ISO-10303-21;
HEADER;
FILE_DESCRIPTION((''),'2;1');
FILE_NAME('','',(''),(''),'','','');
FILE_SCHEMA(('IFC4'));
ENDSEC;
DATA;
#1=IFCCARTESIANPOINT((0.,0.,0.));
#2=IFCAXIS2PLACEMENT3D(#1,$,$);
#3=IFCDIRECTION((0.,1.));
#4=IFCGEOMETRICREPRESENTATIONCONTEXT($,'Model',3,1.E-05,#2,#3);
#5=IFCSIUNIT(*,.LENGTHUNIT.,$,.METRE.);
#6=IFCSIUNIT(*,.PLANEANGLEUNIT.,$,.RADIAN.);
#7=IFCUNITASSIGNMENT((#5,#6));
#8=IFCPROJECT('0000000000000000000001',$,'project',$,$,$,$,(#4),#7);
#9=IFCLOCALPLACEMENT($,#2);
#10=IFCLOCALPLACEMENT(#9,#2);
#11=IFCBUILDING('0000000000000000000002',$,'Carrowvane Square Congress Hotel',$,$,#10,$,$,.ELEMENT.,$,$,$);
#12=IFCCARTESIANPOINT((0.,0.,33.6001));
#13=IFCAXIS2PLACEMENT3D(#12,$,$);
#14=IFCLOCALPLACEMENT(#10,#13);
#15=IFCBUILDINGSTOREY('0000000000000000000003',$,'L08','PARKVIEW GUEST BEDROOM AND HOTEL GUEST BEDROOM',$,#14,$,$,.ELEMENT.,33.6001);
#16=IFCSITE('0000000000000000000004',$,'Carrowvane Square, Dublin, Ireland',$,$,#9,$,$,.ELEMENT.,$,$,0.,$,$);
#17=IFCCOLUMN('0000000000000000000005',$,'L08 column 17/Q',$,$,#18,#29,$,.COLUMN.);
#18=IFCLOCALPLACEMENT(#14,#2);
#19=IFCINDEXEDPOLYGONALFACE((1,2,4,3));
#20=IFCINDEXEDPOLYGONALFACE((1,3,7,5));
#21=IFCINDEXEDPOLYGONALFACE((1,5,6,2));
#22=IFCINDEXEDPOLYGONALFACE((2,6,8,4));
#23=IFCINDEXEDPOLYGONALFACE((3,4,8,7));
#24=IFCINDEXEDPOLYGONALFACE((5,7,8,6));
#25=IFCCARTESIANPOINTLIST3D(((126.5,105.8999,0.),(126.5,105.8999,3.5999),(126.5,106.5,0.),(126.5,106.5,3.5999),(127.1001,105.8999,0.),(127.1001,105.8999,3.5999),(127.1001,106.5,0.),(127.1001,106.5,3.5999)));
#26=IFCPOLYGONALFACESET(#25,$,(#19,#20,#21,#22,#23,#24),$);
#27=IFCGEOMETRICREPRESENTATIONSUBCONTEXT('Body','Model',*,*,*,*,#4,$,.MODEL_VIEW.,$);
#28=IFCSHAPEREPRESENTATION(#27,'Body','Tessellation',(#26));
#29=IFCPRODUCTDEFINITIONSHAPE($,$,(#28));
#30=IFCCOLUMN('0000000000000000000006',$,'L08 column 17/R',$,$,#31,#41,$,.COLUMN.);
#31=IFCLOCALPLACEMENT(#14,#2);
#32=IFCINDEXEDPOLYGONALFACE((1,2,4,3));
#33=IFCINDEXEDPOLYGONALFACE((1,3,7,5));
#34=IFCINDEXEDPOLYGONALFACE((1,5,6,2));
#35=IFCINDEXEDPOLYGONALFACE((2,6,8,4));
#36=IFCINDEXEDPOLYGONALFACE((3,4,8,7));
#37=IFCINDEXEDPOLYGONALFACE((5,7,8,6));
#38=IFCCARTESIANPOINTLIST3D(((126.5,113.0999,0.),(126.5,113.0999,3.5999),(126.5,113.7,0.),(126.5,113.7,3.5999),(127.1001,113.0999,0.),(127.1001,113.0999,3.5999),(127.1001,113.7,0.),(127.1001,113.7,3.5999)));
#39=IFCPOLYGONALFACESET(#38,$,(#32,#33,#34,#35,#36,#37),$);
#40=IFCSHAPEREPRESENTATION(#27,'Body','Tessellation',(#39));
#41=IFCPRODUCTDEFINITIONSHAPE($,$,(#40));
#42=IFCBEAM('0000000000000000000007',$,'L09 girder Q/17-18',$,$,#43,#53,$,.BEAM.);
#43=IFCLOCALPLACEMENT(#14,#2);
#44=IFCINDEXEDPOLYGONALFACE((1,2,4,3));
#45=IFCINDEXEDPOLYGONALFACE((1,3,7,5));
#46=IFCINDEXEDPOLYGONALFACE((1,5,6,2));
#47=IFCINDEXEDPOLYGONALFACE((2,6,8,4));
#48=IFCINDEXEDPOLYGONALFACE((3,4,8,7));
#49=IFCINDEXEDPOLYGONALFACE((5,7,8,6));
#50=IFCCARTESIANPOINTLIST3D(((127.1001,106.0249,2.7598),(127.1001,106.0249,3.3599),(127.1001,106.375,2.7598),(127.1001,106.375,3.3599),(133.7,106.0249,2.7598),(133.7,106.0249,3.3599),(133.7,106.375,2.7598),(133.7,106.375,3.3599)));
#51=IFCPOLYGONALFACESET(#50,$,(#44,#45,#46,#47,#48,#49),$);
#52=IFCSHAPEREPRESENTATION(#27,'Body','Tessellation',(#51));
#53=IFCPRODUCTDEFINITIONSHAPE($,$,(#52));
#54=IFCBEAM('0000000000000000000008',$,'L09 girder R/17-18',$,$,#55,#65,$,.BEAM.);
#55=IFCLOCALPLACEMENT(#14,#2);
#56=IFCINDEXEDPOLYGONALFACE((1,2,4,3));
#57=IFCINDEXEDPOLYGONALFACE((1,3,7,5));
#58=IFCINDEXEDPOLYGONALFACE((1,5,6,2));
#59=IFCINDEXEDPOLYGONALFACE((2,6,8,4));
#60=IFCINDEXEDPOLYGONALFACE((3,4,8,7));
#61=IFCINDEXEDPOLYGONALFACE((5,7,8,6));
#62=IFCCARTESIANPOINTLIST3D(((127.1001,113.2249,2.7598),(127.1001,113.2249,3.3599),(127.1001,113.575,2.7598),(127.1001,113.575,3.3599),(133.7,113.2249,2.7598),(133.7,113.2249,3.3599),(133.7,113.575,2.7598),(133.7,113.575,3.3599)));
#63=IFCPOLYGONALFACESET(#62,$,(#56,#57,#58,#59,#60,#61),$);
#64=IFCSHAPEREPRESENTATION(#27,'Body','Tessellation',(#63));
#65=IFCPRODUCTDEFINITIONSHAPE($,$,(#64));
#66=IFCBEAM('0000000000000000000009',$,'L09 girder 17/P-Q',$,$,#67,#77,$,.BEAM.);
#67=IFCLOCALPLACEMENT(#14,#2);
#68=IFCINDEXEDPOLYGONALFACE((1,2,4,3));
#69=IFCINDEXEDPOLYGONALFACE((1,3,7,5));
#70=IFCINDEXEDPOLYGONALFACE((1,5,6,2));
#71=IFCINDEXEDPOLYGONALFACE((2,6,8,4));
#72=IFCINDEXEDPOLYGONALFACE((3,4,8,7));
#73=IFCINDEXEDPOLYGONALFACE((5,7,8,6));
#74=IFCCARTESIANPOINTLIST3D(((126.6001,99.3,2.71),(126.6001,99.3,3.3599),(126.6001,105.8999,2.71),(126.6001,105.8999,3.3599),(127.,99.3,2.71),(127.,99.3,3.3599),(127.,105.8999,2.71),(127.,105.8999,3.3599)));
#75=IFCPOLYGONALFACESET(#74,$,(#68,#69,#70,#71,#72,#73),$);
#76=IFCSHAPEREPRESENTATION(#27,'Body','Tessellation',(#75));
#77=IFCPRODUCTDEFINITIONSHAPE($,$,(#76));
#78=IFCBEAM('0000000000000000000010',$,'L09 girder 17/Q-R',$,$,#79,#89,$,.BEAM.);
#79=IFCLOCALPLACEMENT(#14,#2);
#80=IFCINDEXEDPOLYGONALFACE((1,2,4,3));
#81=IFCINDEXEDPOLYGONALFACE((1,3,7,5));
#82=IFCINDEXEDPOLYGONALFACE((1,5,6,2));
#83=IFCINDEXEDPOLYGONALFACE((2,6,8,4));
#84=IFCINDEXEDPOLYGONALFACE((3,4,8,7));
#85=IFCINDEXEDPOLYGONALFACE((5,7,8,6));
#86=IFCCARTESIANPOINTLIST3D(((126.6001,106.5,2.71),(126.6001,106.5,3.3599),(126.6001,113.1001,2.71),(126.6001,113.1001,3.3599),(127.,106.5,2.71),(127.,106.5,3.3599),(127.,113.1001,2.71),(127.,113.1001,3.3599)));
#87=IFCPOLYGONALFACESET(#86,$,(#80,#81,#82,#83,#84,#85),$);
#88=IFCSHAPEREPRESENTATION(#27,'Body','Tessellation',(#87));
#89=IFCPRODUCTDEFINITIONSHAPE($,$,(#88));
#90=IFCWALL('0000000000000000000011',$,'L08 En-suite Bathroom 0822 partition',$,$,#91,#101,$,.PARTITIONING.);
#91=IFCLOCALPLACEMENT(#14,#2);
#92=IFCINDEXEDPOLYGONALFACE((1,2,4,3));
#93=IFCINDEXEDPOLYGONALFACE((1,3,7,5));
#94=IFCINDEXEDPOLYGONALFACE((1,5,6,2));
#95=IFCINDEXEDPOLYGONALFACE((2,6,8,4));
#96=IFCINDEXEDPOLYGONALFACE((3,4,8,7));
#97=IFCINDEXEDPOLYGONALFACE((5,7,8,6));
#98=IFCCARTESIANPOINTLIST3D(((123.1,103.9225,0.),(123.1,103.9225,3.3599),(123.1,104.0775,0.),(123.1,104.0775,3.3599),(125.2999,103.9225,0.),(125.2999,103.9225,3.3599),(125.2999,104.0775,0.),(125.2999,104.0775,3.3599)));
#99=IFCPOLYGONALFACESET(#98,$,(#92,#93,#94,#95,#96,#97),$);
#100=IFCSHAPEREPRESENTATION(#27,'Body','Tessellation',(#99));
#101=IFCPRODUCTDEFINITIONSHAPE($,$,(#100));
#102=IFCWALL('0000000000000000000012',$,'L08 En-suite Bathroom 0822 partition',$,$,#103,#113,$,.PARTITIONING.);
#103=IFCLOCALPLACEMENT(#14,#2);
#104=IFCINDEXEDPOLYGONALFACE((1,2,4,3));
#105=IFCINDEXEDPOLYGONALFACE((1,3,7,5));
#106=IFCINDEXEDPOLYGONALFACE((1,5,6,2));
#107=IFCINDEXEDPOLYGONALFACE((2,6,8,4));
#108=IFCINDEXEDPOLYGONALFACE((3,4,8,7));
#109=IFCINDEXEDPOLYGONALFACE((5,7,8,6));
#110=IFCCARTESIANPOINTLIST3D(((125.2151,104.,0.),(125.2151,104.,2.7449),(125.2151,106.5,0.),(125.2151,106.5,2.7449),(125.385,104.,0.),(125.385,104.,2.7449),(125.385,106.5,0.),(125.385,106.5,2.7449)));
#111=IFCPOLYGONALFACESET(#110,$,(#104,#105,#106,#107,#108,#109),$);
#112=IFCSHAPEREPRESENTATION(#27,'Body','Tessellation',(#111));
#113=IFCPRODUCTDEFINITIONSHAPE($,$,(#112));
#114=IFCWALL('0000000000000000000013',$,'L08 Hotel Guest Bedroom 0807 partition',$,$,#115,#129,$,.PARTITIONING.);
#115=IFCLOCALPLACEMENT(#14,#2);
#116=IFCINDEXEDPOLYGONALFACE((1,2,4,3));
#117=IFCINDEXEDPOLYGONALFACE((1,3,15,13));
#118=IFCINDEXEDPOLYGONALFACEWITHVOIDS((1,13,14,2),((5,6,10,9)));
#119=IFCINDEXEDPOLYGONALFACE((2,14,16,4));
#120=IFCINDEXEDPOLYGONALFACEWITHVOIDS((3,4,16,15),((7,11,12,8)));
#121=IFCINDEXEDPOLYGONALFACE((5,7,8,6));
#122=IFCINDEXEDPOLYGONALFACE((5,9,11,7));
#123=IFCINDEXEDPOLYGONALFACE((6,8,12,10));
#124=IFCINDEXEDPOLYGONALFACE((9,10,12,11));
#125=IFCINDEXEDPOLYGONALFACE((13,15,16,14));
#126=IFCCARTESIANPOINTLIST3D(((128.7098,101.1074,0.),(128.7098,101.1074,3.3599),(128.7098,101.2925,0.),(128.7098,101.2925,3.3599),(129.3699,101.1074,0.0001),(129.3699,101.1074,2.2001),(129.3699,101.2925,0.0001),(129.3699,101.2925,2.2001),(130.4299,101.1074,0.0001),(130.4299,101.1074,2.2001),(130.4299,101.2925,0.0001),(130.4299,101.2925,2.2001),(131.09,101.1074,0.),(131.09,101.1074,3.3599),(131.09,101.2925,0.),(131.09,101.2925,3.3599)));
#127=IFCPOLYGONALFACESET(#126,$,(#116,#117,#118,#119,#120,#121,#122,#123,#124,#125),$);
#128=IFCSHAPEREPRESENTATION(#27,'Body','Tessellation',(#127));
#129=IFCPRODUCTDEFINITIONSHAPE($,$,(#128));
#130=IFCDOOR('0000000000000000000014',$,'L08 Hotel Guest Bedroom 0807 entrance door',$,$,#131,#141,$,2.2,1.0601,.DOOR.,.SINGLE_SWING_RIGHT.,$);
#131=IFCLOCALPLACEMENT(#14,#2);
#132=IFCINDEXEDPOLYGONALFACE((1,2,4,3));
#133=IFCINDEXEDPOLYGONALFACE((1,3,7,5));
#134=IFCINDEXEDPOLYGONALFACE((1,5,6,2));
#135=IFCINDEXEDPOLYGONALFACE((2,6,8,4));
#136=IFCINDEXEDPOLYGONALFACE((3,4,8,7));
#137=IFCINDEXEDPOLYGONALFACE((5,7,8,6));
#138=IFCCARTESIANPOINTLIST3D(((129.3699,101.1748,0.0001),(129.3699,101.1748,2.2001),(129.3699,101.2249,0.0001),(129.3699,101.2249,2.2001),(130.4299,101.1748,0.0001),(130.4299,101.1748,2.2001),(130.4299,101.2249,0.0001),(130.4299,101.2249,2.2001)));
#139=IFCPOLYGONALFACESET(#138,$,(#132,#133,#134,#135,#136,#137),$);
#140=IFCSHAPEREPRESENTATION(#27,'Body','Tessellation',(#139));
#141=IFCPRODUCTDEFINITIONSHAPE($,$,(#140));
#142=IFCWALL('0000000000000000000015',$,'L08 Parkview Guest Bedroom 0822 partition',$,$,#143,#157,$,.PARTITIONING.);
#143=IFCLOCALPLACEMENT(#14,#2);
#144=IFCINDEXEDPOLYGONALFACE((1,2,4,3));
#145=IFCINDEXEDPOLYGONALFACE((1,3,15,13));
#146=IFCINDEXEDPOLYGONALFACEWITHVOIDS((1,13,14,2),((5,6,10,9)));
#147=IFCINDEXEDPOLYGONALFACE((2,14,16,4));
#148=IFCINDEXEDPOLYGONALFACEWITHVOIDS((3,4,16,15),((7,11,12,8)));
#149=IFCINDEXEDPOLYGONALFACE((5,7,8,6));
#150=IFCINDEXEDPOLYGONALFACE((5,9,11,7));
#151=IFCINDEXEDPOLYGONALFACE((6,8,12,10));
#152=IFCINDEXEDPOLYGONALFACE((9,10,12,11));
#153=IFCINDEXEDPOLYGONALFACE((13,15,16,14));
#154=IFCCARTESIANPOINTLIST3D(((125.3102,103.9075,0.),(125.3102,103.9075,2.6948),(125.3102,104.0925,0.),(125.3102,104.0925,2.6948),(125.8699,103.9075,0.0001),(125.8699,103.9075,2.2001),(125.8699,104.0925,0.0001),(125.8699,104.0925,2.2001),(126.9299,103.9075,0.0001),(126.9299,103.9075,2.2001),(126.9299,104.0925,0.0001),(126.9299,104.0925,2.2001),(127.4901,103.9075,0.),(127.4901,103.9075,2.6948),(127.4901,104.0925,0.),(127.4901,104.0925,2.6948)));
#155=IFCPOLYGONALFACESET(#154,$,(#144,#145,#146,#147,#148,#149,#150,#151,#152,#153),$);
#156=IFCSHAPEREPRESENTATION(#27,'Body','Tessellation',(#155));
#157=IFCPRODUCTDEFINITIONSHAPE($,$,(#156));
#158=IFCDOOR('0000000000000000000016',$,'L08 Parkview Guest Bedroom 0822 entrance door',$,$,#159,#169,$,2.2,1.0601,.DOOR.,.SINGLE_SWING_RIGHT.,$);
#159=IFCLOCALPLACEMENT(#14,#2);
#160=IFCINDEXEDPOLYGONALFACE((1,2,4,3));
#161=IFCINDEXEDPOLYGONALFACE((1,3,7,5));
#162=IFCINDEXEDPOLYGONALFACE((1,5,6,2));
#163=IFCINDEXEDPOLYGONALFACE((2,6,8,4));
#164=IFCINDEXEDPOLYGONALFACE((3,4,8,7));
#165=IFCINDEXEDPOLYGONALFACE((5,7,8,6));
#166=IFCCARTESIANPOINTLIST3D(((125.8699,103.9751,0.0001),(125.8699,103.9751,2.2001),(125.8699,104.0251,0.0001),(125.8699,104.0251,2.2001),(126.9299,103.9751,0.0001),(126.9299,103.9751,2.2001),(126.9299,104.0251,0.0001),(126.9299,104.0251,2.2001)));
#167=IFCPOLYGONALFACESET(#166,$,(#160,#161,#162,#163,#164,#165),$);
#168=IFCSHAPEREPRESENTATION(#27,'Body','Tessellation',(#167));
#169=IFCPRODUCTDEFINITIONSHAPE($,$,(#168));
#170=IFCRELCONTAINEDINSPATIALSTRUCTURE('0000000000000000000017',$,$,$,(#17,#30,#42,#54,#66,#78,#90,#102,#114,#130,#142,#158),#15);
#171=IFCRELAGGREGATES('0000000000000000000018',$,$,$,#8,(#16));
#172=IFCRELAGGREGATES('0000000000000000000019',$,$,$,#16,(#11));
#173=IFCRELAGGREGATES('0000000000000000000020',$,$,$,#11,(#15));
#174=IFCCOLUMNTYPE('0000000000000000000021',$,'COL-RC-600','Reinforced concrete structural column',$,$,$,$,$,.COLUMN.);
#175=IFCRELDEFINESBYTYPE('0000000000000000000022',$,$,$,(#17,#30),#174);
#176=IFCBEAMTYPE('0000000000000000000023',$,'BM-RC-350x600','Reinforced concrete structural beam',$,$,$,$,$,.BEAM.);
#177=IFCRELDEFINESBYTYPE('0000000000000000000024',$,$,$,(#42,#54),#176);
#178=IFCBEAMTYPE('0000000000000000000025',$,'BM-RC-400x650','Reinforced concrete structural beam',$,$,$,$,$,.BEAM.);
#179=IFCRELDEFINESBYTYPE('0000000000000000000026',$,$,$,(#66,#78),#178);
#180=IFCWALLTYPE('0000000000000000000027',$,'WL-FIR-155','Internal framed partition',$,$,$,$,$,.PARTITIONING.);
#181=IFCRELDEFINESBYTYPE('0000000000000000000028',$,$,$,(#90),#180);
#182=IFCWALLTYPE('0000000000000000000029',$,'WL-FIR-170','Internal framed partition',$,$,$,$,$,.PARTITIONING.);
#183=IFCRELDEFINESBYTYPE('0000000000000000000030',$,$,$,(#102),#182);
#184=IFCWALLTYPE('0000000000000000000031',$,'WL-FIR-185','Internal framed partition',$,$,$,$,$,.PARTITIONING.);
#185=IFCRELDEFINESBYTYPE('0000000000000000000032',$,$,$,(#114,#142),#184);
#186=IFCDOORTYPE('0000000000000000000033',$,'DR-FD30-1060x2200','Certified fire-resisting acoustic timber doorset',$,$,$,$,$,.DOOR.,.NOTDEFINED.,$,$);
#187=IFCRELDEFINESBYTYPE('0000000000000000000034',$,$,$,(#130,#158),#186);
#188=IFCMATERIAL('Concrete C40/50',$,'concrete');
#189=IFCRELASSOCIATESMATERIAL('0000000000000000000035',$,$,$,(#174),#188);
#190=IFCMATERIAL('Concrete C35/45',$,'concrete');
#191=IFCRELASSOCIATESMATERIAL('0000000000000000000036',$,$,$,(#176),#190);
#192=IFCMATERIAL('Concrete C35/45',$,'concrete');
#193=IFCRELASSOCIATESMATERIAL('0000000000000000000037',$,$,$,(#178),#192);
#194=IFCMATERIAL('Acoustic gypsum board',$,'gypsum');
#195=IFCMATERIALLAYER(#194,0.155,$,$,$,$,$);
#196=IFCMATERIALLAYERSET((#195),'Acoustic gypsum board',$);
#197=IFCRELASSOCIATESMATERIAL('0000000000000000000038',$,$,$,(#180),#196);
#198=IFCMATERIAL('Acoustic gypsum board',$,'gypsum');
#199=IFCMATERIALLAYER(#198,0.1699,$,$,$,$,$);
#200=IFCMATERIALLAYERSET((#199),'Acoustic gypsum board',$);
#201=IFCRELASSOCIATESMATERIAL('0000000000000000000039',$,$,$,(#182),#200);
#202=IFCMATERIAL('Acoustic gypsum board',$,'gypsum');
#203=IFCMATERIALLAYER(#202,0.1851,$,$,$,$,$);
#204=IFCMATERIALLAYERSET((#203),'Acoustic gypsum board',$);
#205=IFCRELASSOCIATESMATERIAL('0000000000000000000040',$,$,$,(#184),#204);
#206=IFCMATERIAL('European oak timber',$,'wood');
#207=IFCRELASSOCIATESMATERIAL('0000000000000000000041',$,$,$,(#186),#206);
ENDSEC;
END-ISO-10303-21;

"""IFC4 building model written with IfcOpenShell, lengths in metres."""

from ifc_helpers import new_model, si_unit, direction, frame, frame_2d, origin, origin_2d, place, context, subcontext, project, spatial, rectangle, extrude, material, layer, layer_set, material_profile, profile_set, type_object, element, fill, save


model = new_model("IFC4")

# Units and contexts
model_context = context("Model", 3, precision=1e-05, world=origin(), true_north=direction((0.0, 1.0)))
body_context = subcontext(model_context, "Body", "Model", "MODEL_VIEW")
ifc_project = project(units=[si_unit("LENGTHUNIT", "METRE"), si_unit("PLANEANGLEUNIT", "RADIAN")], contexts=[model_context])

# Site, building, storey
site_placement = place(None, origin())
site = spatial("IfcSite", under=ifc_project, at=site_placement, Name="Carrowvane Square, Dublin, Ireland", CompositionType="ELEMENT", RefElevation=0.0)
building_placement = place(site_placement, origin())
building = spatial("IfcBuilding", under=site, at=building_placement, Name="Carrowvane Square Congress Hotel", CompositionType="ELEMENT")
storey_placement = place(building_placement, frame((0.0, 0.0, 33.6001)))
storey = spatial("IfcBuildingStorey", under=building, at=storey_placement, Name="L08", Description="PARKVIEW GUEST BEDROOM AND HOTEL GUEST BEDROOM", CompositionType="ELEMENT", Elevation=33.6001)

# Columns
ifc_material_1 = material(Name="Concrete C40/50", Category="concrete")
ifc_material_profile_1 = material_profile(ifc_material_1, rectangle(XDim=0.6001, YDim=0.6001, at=origin_2d()), Name="RC 600x600")
ifc_profile_set_1 = profile_set([ifc_material_profile_1], Name="Concrete C40/50")
column_type = type_object("IfcColumnType", Name="COL-RC-600", Description="Reinforced concrete structural column", PredefinedType="COLUMN", material=ifc_profile_set_1)
for number, where, z_axis, x_axis, name in (
    (1, (126.8, 106.2, 0.0), (0.0, 0.0, 1.0), (1.0, 0.0, 0.0), "L08 column 17/Q"),
    (2, (126.8, 113.3999, 0.0), (0.0, 0.0, 1.0), (1.0, 0.0, 0.0), "L08 column 17/R"),
):
    element("IfcColumn", number, at=place(storey_placement, frame(where, z_axis=z_axis, x_axis=x_axis)), inside=storey, type_object=column_type, Name=name, PredefinedType="COLUMN", context=body_context, shape_type="SweptSolid", body=[
        extrude(rectangle(XDim=0.6001, YDim=0.6001, at=origin_2d()), origin(), (0.0, 0.0, 1.0), 3.5999),
    ])

# Beams
ifc_material_2 = material(Name="Concrete C35/45", Category="concrete")
ifc_material_profile_2 = material_profile(ifc_material_2, rectangle(XDim=0.3501, YDim=0.6001, at=origin_2d()), Name="RC 350x600")
ifc_profile_set_2 = profile_set([ifc_material_profile_2], Name="Concrete C35/45")
beam_type_1 = type_object("IfcBeamType", Name="BM-RC-350x600", Description="Reinforced concrete structural beam", PredefinedType="BEAM", material=ifc_profile_set_2)
for number, where, z_axis, x_axis, name in (
    (3, (127.1001, 106.2, 3.0598), (1.0, 0.0, 0.0), (0.0, 1.0, 0.0), "L09 girder Q/17-18"),
    (4, (127.1001, 113.3999, 3.0598), (1.0, 0.0, 0.0), (0.0, 1.0, 0.0), "L09 girder R/17-18"),
):
    element("IfcBeam", number, at=place(storey_placement, frame(where, z_axis=z_axis, x_axis=x_axis)), inside=storey, type_object=beam_type_1, Name=name, PredefinedType="BEAM", context=body_context, shape_type="SweptSolid", body=[
        extrude(rectangle(XDim=0.3501, YDim=0.6001, at=origin_2d()), origin(), (0.0, 0.0, 1.0), 6.5999),
    ])
ifc_material_3 = material(Name="Concrete C35/45", Category="concrete")
ifc_material_profile_3 = material_profile(ifc_material_3, rectangle(XDim=0.3999, YDim=0.6499, at=origin_2d()), Name="RC 400x650")
ifc_profile_set_3 = profile_set([ifc_material_profile_3], Name="Concrete C35/45")
beam_type_2 = type_object("IfcBeamType", Name="BM-RC-400x650", Description="Reinforced concrete structural beam", PredefinedType="BEAM", material=ifc_profile_set_3)
beam_1_placement = place(storey_placement, frame((126.8, 99.3, 3.0349), z_axis=(0.0, 1.0, 0.0), x_axis=(-1.0, 0.0, 0.0)))
element("IfcBeam", 5, at=beam_1_placement, inside=storey, type_object=beam_type_2, Name="L09 girder 17/P-Q", PredefinedType="BEAM", context=body_context, shape_type="SweptSolid", body=[
    extrude(rectangle(XDim=0.3999, YDim=0.6499, at=origin_2d()), origin(), (0.0, 0.0, 1.0), 6.5999),
])
beam_2_placement = place(storey_placement, frame((126.8, 106.5, 3.0349), z_axis=(0.0, 1.0, 0.0), x_axis=(-1.0, 0.0, 0.0)))
element("IfcBeam", 6, at=beam_2_placement, inside=storey, type_object=beam_type_2, Name="L09 girder 17/Q-R", PredefinedType="BEAM", context=body_context, shape_type="SweptSolid", body=[
    extrude(rectangle(XDim=0.3999, YDim=0.6499, at=origin_2d()), origin(), (0.0, 0.0, 1.0), 6.6001),
])

# Walls
ifc_material_4 = material(Name="Acoustic gypsum board", Category="gypsum")
ifc_layer_1 = layer(ifc_material_4, 0.155)
ifc_layer_set_1 = layer_set([ifc_layer_1], Name="Acoustic gypsum board")
wall_type_1 = type_object("IfcWallType", Name="WL-FIR-155", Description="Internal framed partition", PredefinedType="PARTITIONING", material=ifc_layer_set_1)
wall_1_placement = place(storey_placement, frame((125.3, 104.0, 0.0), z_axis=(0.0, 0.0, 1.0), x_axis=(-1.0, 0.0, 0.0)))
element("IfcWall", 7, at=wall_1_placement, inside=storey, type_object=wall_type_1, Name="L08 En-suite Bathroom 0822 partition", PredefinedType="PARTITIONING", context=body_context, shape_type="SweptSolid", body=[
    extrude(rectangle(XDim=2.2, YDim=0.155, at=frame_2d((1.1001, 0.0))), origin(), (0.0, 0.0, 1.0), 3.3599),
])
ifc_material_5 = material(Name="Acoustic gypsum board", Category="gypsum")
ifc_layer_2 = layer(ifc_material_5, 0.1699)
ifc_layer_set_2 = layer_set([ifc_layer_2], Name="Acoustic gypsum board")
wall_type_2 = type_object("IfcWallType", Name="WL-FIR-170", Description="Internal framed partition", PredefinedType="PARTITIONING", material=ifc_layer_set_2)
wall_2_placement = place(storey_placement, frame((125.3, 106.5, 0.0), z_axis=(0.0, 0.0, 1.0), x_axis=(0.0, -1.0, 0.0)))
element("IfcWall", 8, at=wall_2_placement, inside=storey, type_object=wall_type_2, Name="L08 En-suite Bathroom 0822 partition", PredefinedType="PARTITIONING", context=body_context, shape_type="SweptSolid", body=[
    extrude(rectangle(XDim=2.5, YDim=0.1699, at=frame_2d((1.25, 0.0))), origin(), (0.0, 0.0, 1.0), 2.7449),
])

# Walls, openings, doors
ifc_material_6 = material(Name="Acoustic gypsum board", Category="gypsum")
ifc_layer_3 = layer(ifc_material_6, 0.1851)
ifc_layer_set_3 = layer_set([ifc_layer_3], Name="Acoustic gypsum board")
wall_type_3 = type_object("IfcWallType", Name="WL-FIR-185", Description="Internal framed partition", PredefinedType="PARTITIONING", material=ifc_layer_set_3)
wall_3_placement = place(storey_placement, frame((128.71, 101.2, 0.0), z_axis=(0.0, 0.0, 1.0), x_axis=(1.0, 0.0, 0.0)))
wall_3 = element("IfcWall", 9, at=wall_3_placement, inside=storey, type_object=wall_type_3, Name="L08 Hotel Guest Bedroom 0807 partition", PredefinedType="PARTITIONING", context=body_context, shape_type="SweptSolid", body=[
    extrude(rectangle(XDim=2.3801, YDim=0.1851, at=frame_2d((1.1899, 0.0))), origin(), (0.0, 0.0, 1.0), 3.3599),
])
opening_1_placement = place(wall_3_placement, frame((0.6599, 0.0, 0.0)))
opening_1 = element("IfcOpeningElement", 10, at=opening_1_placement, cuts=wall_3, PredefinedType="OPENING", context=body_context, shape_type="SweptSolid", body=[
    extrude(rectangle(XDim=1.0601, YDim=2.2, at=frame_2d((0.53, 1.1001))), frame((0.0, 0.1025, 0.0), z_axis=(0.0, -1.0, 0.0), x_axis=(1.0, 0.0, 0.0)), (0.0, 0.0, 1.0), 0.2051),
])
ifc_material_7 = material(Name="European oak timber", Category="wood")
door_type_1 = type_object("IfcDoorType", Name="DR-FD30-1060x2200", Description="Certified fire-resisting acoustic timber doorset", OperationType="NOTDEFINED", PredefinedType="DOOR", material=ifc_material_7)
door_1_placement = place(opening_1_placement, origin())
door_1 = element("IfcDoor", 11, at=door_1_placement, inside=storey, type_object=door_type_1, Name="L08 Hotel Guest Bedroom 0807 entrance door", OperationType="SINGLE_SWING_RIGHT", OverallHeight=2.2, OverallWidth=1.0601, PredefinedType="DOOR", context=body_context, shape_type="SweptSolid", body=[
    extrude(rectangle(XDim=1.0601, YDim=2.2, at=frame_2d((0.53, 1.1001))), frame((0.0, 0.0249, 0.0), z_axis=(0.0, -1.0, 0.0), x_axis=(1.0, 0.0, 0.0)), (0.0, 0.0, 1.0), 0.05),
])
fill(opening_1, door_1)
wall_4_placement = place(storey_placement, frame((127.49, 104.0, 0.0), z_axis=(0.0, 0.0, 1.0), x_axis=(-1.0, 0.0, 0.0)))
wall_4 = element("IfcWall", 12, at=wall_4_placement, inside=storey, type_object=wall_type_3, Name="L08 Parkview Guest Bedroom 0822 partition", PredefinedType="PARTITIONING", context=body_context, shape_type="SweptSolid", body=[
    extrude(rectangle(XDim=2.1799, YDim=0.1851, at=frame_2d((1.0898, 0.0))), origin(), (0.0, 0.0, 1.0), 2.6948),
])
opening_2_placement = place(wall_4_placement, frame((0.5601, 0.0, 0.0)))
opening_2 = element("IfcOpeningElement", 13, at=opening_2_placement, cuts=wall_4, PredefinedType="OPENING", context=body_context, shape_type="SweptSolid", body=[
    extrude(rectangle(XDim=1.0601, YDim=2.2, at=frame_2d((0.53, 1.1001))), frame((0.0, 0.1025, 0.0), z_axis=(0.0, -1.0, 0.0), x_axis=(1.0, 0.0, 0.0)), (0.0, 0.0, 1.0), 0.2051),
])
door_2_placement = place(opening_2_placement, origin())
door_2 = element("IfcDoor", 14, at=door_2_placement, inside=storey, type_object=door_type_1, Name="L08 Parkview Guest Bedroom 0822 entrance door", OperationType="SINGLE_SWING_RIGHT", OverallHeight=2.2, OverallWidth=1.0601, PredefinedType="DOOR", context=body_context, shape_type="SweptSolid", body=[
    extrude(rectangle(XDim=1.0601, YDim=2.2, at=frame_2d((0.53, 1.1001))), frame((0.0, 0.0249, 0.0), z_axis=(0.0, -1.0, 0.0), x_axis=(1.0, 0.0, 0.0)), (0.0, 0.0, 1.0), 0.05),
])
fill(opening_2, door_2)

save(model, "model.ifc")
